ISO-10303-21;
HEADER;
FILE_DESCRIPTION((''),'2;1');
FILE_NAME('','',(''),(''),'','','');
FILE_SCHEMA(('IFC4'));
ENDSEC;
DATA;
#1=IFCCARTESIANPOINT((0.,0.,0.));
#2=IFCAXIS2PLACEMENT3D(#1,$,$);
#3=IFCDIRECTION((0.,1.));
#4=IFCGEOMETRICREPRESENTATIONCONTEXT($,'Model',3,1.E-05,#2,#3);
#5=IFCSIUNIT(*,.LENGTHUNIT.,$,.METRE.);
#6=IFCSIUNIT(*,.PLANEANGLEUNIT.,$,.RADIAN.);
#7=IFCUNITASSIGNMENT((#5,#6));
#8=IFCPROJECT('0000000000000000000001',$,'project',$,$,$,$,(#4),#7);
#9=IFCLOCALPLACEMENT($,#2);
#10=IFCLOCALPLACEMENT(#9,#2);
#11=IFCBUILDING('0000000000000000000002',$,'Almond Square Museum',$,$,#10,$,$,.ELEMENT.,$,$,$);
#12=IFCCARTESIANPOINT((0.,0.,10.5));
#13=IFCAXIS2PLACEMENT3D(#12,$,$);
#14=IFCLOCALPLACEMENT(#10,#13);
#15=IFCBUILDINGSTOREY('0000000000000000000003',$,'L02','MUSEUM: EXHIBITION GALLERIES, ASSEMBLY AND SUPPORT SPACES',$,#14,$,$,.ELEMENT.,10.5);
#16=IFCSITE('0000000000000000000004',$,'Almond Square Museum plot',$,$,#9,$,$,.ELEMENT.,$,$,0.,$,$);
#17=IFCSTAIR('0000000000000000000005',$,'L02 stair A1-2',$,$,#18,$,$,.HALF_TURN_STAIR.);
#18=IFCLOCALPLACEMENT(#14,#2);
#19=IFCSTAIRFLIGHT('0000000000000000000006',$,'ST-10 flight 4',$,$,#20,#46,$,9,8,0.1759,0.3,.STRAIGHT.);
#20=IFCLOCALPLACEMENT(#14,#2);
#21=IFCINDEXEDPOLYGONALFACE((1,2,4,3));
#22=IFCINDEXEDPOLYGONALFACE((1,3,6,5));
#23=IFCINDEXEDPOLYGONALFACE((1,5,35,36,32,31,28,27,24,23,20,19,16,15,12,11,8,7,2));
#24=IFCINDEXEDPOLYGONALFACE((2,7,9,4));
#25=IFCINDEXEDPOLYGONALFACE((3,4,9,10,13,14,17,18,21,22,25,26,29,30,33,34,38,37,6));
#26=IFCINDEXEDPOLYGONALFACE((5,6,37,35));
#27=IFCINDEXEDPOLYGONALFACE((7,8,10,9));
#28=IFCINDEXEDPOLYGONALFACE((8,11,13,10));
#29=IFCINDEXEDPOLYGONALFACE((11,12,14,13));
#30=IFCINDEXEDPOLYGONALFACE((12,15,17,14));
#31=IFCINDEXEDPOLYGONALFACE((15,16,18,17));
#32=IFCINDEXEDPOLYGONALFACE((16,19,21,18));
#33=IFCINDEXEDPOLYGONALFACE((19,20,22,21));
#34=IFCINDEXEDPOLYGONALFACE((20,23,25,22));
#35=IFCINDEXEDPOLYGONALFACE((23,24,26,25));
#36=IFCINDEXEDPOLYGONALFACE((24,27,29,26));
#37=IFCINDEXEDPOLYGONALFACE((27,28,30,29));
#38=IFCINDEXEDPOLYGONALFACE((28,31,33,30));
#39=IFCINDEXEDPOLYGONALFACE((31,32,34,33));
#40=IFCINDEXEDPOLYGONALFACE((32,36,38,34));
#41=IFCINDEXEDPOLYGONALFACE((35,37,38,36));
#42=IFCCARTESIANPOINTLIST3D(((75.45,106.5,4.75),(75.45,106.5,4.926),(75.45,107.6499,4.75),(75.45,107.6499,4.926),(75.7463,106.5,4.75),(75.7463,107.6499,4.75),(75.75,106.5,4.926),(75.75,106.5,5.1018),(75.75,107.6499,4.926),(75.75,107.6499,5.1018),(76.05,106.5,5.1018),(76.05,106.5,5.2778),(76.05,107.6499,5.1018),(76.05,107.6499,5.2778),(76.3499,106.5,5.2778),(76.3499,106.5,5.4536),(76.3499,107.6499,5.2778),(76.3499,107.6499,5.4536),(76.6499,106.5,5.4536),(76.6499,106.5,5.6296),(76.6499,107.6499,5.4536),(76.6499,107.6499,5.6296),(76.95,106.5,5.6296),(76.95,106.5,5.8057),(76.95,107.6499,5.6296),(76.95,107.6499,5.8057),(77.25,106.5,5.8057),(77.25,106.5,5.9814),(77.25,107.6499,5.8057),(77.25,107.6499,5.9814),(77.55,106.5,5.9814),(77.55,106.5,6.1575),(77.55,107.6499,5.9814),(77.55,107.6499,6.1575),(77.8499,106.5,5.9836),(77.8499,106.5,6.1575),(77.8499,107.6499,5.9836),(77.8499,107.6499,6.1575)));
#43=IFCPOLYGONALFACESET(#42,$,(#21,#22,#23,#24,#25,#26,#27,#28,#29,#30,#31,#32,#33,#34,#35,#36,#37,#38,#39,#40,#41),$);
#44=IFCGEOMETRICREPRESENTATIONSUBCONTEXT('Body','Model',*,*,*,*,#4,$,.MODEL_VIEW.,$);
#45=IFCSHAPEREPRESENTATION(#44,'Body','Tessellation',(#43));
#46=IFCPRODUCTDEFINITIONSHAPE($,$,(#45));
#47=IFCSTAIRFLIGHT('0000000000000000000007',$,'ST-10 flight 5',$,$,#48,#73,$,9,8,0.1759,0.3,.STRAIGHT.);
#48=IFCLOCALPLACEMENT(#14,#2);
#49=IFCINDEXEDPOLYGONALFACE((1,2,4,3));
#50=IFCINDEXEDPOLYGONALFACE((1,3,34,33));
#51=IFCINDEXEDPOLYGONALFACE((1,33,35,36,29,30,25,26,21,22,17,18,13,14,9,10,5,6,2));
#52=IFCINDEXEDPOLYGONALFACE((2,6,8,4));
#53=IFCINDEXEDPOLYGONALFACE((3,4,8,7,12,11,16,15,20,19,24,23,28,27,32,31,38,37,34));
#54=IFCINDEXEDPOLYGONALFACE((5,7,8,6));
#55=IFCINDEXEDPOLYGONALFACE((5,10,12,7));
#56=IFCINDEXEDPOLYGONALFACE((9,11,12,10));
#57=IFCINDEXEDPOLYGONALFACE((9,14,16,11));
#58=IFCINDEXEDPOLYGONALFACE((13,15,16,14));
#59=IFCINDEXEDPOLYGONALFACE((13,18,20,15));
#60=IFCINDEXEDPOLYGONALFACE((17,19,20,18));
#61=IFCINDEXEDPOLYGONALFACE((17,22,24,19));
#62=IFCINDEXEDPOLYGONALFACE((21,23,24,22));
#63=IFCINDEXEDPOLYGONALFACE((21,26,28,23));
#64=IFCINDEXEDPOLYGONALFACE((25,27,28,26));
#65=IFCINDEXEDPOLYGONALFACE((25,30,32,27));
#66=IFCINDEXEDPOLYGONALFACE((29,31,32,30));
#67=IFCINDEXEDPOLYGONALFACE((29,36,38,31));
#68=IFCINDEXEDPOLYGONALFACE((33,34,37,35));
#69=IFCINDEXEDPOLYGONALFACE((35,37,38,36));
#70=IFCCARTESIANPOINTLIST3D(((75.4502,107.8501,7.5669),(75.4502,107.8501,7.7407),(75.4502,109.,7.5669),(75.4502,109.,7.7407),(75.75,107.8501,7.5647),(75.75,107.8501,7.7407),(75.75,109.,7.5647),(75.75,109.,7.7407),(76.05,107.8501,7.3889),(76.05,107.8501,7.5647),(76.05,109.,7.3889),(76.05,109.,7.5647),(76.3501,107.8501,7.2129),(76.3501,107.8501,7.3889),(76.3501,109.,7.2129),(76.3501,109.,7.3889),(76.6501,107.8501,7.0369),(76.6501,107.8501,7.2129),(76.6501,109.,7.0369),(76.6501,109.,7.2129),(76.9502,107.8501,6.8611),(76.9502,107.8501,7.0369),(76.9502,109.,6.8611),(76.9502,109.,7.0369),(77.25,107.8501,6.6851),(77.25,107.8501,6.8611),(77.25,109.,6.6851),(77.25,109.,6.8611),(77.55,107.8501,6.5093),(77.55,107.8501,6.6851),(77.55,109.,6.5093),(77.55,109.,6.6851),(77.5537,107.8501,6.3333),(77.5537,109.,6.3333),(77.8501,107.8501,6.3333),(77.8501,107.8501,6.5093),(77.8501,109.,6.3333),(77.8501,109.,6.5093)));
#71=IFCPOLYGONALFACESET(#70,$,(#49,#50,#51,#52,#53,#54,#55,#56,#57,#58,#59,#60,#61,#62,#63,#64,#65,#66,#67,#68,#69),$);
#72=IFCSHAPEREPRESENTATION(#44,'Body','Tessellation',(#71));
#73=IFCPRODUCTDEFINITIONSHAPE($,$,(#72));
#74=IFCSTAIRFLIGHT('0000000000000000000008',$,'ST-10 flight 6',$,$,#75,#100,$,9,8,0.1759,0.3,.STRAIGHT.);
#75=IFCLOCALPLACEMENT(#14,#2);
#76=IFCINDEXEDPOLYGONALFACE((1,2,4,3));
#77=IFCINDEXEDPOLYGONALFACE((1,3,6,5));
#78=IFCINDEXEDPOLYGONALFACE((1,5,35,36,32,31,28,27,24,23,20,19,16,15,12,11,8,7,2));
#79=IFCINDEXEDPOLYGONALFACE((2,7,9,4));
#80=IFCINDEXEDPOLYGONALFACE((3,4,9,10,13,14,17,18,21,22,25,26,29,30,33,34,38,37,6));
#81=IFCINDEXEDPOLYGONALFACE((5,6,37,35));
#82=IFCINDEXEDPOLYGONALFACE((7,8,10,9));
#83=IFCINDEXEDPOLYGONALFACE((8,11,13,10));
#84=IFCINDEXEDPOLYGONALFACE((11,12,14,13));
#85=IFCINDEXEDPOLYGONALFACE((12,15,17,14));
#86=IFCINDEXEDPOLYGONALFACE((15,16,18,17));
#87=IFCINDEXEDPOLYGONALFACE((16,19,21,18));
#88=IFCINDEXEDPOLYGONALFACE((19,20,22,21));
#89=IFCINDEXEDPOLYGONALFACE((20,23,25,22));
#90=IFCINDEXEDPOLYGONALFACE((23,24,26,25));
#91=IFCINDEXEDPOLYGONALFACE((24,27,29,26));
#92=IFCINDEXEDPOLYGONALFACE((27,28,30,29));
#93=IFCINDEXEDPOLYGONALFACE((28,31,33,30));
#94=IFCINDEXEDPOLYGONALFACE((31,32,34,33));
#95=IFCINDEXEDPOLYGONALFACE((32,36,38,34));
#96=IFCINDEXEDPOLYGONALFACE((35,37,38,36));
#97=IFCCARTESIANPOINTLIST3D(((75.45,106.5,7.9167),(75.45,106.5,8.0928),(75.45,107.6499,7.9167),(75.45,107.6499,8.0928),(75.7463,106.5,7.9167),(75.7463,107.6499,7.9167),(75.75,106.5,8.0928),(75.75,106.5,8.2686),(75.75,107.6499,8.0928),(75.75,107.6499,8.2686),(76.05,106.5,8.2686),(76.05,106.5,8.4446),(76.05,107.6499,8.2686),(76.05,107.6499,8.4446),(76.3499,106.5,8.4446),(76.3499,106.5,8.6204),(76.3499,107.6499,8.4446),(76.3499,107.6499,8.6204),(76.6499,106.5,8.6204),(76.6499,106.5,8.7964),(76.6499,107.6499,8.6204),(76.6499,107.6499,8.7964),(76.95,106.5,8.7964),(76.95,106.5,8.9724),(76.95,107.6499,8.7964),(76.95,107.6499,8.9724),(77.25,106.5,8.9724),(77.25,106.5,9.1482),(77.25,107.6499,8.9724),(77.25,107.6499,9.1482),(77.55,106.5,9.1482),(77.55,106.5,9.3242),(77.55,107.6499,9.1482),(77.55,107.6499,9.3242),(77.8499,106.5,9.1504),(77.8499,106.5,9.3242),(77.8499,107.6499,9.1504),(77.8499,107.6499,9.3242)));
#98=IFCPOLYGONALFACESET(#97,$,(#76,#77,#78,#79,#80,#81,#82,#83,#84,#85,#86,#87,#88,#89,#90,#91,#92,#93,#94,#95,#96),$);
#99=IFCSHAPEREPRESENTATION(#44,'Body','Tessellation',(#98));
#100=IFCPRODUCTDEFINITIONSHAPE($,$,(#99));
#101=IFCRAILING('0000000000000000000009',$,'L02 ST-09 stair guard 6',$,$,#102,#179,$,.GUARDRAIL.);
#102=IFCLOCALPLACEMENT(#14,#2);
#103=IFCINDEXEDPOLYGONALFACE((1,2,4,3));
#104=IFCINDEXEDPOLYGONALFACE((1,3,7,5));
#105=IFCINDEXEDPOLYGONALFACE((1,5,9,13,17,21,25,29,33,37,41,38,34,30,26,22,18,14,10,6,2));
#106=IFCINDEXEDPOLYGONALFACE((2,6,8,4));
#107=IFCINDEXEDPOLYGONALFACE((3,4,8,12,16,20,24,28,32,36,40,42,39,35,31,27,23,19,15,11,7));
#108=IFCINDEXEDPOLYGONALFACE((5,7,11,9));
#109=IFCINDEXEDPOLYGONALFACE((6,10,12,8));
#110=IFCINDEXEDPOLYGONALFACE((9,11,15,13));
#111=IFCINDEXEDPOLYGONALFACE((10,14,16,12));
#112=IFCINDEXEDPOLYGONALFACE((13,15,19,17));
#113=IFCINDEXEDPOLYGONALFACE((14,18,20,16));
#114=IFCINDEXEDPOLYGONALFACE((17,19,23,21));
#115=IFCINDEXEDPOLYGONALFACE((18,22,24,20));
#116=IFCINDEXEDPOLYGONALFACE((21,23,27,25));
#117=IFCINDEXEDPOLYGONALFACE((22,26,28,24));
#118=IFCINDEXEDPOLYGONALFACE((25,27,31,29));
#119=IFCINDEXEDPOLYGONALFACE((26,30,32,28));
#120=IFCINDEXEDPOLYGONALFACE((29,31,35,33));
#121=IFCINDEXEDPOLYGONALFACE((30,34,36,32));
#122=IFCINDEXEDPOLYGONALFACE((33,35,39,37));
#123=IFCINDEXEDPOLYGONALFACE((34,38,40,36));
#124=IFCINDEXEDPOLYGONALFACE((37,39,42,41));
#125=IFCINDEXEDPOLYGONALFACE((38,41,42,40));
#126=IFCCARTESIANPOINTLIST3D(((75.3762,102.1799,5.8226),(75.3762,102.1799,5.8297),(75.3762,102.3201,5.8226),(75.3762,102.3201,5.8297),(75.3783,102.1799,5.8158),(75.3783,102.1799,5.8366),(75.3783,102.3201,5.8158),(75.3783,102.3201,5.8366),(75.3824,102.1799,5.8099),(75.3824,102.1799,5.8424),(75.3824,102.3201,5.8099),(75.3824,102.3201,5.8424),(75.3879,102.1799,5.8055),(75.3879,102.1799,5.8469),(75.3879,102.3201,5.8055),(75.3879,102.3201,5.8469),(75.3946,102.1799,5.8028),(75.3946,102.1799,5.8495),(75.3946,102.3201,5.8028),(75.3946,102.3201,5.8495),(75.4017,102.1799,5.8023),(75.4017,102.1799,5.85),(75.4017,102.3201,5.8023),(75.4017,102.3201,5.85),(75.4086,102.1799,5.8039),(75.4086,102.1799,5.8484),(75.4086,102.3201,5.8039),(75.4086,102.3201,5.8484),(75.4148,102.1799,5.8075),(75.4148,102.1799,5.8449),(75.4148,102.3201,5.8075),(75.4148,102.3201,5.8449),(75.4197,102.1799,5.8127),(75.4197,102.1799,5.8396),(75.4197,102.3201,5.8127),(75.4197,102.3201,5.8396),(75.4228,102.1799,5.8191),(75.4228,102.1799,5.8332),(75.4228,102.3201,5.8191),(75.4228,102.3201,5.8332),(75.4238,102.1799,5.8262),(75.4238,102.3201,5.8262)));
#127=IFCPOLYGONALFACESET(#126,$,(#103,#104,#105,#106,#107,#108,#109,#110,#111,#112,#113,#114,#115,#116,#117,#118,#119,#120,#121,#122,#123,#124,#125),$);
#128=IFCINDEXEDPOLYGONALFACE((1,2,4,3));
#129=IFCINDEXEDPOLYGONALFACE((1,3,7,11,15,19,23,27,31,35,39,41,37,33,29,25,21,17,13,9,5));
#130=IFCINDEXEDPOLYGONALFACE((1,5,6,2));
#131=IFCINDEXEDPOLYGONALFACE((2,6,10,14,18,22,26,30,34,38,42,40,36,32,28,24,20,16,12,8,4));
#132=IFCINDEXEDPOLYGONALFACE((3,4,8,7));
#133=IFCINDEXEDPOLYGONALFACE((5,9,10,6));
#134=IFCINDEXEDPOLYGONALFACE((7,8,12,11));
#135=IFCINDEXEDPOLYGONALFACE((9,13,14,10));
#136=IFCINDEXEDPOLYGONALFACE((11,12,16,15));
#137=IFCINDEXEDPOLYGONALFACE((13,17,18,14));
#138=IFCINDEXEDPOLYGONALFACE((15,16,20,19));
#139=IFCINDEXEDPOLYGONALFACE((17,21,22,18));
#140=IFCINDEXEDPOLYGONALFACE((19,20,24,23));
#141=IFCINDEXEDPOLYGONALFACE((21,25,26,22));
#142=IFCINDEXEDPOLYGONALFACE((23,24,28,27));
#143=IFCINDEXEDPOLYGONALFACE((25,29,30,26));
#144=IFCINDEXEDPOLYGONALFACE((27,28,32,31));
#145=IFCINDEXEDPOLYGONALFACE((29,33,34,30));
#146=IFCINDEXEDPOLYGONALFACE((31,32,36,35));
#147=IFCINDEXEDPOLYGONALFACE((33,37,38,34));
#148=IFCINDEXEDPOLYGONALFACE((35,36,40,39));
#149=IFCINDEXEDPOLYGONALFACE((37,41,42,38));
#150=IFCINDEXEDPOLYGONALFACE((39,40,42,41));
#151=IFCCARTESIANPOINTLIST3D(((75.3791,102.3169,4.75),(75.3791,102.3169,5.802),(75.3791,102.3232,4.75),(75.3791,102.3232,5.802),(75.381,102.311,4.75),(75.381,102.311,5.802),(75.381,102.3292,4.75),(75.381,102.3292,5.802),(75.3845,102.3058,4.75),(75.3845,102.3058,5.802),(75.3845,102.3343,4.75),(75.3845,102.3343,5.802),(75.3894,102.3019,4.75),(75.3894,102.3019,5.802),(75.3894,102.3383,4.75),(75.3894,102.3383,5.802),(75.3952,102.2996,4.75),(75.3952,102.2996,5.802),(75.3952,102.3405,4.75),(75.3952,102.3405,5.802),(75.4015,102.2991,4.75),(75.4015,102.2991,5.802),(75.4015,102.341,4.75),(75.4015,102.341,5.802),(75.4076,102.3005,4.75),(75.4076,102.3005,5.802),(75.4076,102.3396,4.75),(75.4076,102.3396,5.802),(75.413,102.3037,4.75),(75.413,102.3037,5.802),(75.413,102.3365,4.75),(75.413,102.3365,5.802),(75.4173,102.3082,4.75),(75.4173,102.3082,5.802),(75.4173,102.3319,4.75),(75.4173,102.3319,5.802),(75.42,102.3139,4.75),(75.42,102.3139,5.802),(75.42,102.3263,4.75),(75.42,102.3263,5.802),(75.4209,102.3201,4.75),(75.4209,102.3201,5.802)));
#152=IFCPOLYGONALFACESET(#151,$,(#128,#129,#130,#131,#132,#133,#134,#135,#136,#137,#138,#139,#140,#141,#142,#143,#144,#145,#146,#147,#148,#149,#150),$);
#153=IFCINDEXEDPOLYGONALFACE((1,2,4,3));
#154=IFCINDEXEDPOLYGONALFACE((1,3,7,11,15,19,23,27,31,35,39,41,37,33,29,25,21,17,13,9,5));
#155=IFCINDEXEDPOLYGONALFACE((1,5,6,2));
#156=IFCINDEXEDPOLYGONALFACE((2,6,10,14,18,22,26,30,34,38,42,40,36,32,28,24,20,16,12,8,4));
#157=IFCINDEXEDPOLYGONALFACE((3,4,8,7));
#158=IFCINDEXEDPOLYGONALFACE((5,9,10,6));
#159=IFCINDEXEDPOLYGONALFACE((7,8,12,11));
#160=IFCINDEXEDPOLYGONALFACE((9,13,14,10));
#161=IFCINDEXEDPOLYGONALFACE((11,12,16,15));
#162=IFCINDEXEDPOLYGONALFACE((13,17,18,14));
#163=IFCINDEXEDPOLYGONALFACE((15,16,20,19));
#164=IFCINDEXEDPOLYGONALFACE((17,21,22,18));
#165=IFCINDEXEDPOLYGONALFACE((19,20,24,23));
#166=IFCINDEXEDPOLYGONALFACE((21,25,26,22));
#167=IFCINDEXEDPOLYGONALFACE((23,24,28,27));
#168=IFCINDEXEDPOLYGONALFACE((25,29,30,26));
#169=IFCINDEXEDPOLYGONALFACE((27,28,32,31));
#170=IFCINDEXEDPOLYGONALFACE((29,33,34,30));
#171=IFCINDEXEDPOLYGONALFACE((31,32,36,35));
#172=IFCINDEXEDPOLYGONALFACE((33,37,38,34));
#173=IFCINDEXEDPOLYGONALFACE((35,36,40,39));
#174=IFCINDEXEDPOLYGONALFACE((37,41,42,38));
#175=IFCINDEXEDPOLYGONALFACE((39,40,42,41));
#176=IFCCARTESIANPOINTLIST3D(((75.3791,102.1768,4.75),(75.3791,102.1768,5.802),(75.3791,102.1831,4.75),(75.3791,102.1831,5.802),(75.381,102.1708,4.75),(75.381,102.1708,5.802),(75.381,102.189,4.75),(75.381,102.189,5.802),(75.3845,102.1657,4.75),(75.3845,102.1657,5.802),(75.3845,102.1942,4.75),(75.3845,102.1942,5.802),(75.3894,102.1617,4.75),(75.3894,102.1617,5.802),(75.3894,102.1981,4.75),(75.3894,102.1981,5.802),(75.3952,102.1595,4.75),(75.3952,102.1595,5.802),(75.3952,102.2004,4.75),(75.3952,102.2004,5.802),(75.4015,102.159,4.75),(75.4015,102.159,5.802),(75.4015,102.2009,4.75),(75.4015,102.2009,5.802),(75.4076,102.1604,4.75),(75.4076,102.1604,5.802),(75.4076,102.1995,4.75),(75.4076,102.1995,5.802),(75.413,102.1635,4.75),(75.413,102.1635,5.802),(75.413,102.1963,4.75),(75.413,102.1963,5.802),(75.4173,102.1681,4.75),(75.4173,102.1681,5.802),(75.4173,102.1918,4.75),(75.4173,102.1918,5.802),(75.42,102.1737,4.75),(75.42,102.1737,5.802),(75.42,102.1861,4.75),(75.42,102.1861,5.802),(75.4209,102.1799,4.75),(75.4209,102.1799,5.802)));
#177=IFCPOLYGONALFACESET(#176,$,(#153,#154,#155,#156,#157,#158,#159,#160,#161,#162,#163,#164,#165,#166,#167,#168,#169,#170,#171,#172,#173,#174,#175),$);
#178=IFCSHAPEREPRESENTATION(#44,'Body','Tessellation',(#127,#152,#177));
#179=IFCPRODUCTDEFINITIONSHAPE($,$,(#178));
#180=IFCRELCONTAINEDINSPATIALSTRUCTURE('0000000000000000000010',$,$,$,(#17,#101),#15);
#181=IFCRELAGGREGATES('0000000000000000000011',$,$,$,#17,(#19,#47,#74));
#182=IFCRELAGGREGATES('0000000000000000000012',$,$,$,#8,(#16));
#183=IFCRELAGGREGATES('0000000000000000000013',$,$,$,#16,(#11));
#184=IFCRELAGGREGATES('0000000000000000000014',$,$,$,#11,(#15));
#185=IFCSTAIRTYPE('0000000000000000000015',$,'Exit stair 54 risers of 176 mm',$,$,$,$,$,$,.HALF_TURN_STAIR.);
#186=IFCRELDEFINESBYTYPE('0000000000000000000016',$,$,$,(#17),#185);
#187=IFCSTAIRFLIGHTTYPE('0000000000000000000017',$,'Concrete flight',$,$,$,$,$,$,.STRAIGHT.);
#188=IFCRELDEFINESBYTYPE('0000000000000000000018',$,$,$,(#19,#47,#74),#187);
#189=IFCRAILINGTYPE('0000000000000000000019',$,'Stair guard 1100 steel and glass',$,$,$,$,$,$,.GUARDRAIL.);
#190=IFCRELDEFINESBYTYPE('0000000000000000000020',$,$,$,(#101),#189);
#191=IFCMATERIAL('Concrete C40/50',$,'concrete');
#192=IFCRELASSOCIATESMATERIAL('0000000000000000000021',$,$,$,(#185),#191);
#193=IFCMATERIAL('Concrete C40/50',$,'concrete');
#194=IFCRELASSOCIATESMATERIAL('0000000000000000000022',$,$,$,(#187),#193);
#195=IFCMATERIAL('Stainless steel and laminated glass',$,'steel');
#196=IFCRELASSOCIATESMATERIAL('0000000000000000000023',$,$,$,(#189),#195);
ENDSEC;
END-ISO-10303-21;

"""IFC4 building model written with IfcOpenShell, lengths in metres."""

from ifc_helpers import new_model, si_unit, direction, frame, origin, origin_2d, place, context, subcontext, project, spatial, polyline, circle, outline, extrude, material, type_object, element, aggregate, save


model = new_model("IFC4")

# Units and contexts
model_context = context("Model", 3, precision=1e-05, world=origin(), true_north=direction((0.0, 1.0)))
body_context = subcontext(model_context, "Body", "Model", "MODEL_VIEW")
ifc_project = project(units=[si_unit("LENGTHUNIT", "METRE"), si_unit("PLANEANGLEUNIT", "RADIAN")], contexts=[model_context])

# Site, building, storey
site_placement = place(None, origin())
site = spatial("IfcSite", under=ifc_project, at=site_placement, Name="Almond Square Museum plot", CompositionType="ELEMENT", RefElevation=0.0)
building_placement = place(site_placement, origin())
building = spatial("IfcBuilding", under=site, at=building_placement, Name="Almond Square Museum", CompositionType="ELEMENT")
storey_placement = place(building_placement, frame((0.0, 0.0, 10.5)))
storey = spatial("IfcBuildingStorey", under=building, at=storey_placement, Name="L02", Description="MUSEUM: EXHIBITION GALLERIES, ASSEMBLY AND SUPPORT SPACES", CompositionType="ELEMENT", Elevation=10.5)

# Stair, stair flights
ifc_material_1 = material(Name="Concrete C40/50", Category="concrete")
stair_type = type_object("IfcStairType", Name="Exit stair 54 risers of 176 mm", PredefinedType="HALF_TURN_STAIR", material=ifc_material_1)
ifc_material_2 = material(Name="Concrete C40/50", Category="concrete")
stair_flight_type = type_object("IfcStairFlightType", Name="Concrete flight", PredefinedType="STRAIGHT", material=ifc_material_2)
stair_1_placement = place(storey_placement, origin())
stair_1 = element("IfcStair", 1, at=stair_1_placement, inside=storey, type_object=stair_type, Name="L02 stair A1-2", PredefinedType="HALF_TURN_STAIR")
stair_flight_1_placement = place(storey_placement, frame((75.45, 107.075, 4.75), z_axis=(0.0, 0.0, 1.0), x_axis=(1.0, 0.0, 0.0)))
stair_flight_1 = element("IfcStairFlight", 2, at=stair_flight_1_placement, type_object=stair_flight_type, Name="ST-10 flight 4", NumberOfRisers=9, NumberOfTreads=8, PredefinedType="STRAIGHT", RiserHeight=0.1759, TreadLength=0.3, context=body_context, shape_type="SweptSolid", body=[
    extrude(outline(polyline([(0.0, 0.0), (0.0, 0.176), (0.3, 0.176), (0.3, 0.3518), (0.6001, 0.3518), (0.6001, 0.5278), (0.8999, 0.5278), (0.8999, 0.7036), (1.2, 0.7036), (1.2, 0.8796), (1.5, 0.8796), (1.5, 1.0557), (1.8, 1.0557), (1.8, 1.2314), (2.1001, 1.2314), (2.1001, 1.4075), (2.3999, 1.4075), (2.3999, 1.5833), (2.3999, 1.2336), (0.2964, 0.0), (0.0, 0.0)])), frame((0.0, 0.575, 0.0), z_axis=(0.0, -1.0, 0.0), x_axis=(1.0, 0.0, 0.0)), (0.0, 0.0, 1.0), 1.1499),
])
stair_flight_2_placement = place(storey_placement, frame((77.8501, 108.425, 6.3333), z_axis=(0.0, 0.0, 1.0), x_axis=(-1.0, 0.0, 0.0)))
stair_flight_2 = element("IfcStairFlight", 3, at=stair_flight_2_placement, type_object=stair_flight_type, Name="ST-10 flight 5", NumberOfRisers=9, NumberOfTreads=8, PredefinedType="STRAIGHT", RiserHeight=0.1759, TreadLength=0.3, context=body_context, shape_type="SweptSolid", body=[
    extrude(outline(polyline([(0.0, 0.0), (0.0, 0.176), (0.3, 0.176), (0.3, 0.3518), (0.6001, 0.3518), (0.6001, 0.5278), (0.8999, 0.5278), (0.8999, 0.7036), (1.2, 0.7036), (1.2, 0.8796), (1.5, 0.8796), (1.5, 1.0557), (1.8, 1.0557), (1.8, 1.2314), (2.1001, 1.2314), (2.1001, 1.4075), (2.3999, 1.4075), (2.3999, 1.5833), (2.3999, 1.2336), (0.2964, 0.0), (0.0, 0.0)])), frame((0.0, 0.575, 0.0), z_axis=(0.0, -1.0, 0.0), x_axis=(1.0, 0.0, 0.0)), (0.0, 0.0, 1.0), 1.1499),
])
stair_flight_3_placement = place(storey_placement, frame((75.45, 107.075, 7.9167), z_axis=(0.0, 0.0, 1.0), x_axis=(1.0, 0.0, 0.0)))
stair_flight_3 = element("IfcStairFlight", 4, at=stair_flight_3_placement, type_object=stair_flight_type, Name="ST-10 flight 6", NumberOfRisers=9, NumberOfTreads=8, PredefinedType="STRAIGHT", RiserHeight=0.1759, TreadLength=0.3, context=body_context, shape_type="SweptSolid", body=[
    extrude(outline(polyline([(0.0, 0.0), (0.0, 0.176), (0.3, 0.176), (0.3, 0.3518), (0.6001, 0.3518), (0.6001, 0.5278), (0.8999, 0.5278), (0.8999, 0.7036), (1.2, 0.7036), (1.2, 0.8796), (1.5, 0.8796), (1.5, 1.0557), (1.8, 1.0557), (1.8, 1.2314), (2.1001, 1.2314), (2.1001, 1.4075), (2.3999, 1.4075), (2.3999, 1.5833), (2.3999, 1.2336), (0.2964, 0.0), (0.0, 0.0)])), frame((0.0, 0.575, 0.0), z_axis=(0.0, -1.0, 0.0), x_axis=(1.0, 0.0, 0.0)), (0.0, 0.0, 1.0), 1.1499),
])
aggregate(stair_1, [stair_flight_1, stair_flight_2, stair_flight_3])

# Railing
ifc_material_3 = material(Name="Stainless steel and laminated glass", Category="steel")
railing_type_1 = type_object("IfcRailingType", Name="Stair guard 1100 steel and glass", PredefinedType="GUARDRAIL", material=ifc_material_3)
railing_1_placement = place(storey_placement, frame((75.3999, 102.3201, 4.75)))
element("IfcRailing", 5, at=railing_1_placement, inside=storey, type_object=railing_type_1, Name="L02 ST-09 stair guard 6", PredefinedType="GUARDRAIL", context=body_context, shape_type="SweptSolid", body=[
    extrude(circle(Radius=0.0239, at=origin_2d()), frame((0.0, 0.0, 1.0762), z_axis=(0.0, -1.0, 0.0), x_axis=(1.0, 0.0, 0.0)), (0.0, 0.0, 1.0), 0.1401),
    extrude(circle(Radius=0.021, at=origin_2d()), origin(), (0.0, 0.0, 1.0), 1.052),
    extrude(circle(Radius=0.021, at=origin_2d()), frame((0.0, -0.1401, 0.0)), (0.0, 0.0, 1.0), 1.052),
])

save(model, "model.ifc")
